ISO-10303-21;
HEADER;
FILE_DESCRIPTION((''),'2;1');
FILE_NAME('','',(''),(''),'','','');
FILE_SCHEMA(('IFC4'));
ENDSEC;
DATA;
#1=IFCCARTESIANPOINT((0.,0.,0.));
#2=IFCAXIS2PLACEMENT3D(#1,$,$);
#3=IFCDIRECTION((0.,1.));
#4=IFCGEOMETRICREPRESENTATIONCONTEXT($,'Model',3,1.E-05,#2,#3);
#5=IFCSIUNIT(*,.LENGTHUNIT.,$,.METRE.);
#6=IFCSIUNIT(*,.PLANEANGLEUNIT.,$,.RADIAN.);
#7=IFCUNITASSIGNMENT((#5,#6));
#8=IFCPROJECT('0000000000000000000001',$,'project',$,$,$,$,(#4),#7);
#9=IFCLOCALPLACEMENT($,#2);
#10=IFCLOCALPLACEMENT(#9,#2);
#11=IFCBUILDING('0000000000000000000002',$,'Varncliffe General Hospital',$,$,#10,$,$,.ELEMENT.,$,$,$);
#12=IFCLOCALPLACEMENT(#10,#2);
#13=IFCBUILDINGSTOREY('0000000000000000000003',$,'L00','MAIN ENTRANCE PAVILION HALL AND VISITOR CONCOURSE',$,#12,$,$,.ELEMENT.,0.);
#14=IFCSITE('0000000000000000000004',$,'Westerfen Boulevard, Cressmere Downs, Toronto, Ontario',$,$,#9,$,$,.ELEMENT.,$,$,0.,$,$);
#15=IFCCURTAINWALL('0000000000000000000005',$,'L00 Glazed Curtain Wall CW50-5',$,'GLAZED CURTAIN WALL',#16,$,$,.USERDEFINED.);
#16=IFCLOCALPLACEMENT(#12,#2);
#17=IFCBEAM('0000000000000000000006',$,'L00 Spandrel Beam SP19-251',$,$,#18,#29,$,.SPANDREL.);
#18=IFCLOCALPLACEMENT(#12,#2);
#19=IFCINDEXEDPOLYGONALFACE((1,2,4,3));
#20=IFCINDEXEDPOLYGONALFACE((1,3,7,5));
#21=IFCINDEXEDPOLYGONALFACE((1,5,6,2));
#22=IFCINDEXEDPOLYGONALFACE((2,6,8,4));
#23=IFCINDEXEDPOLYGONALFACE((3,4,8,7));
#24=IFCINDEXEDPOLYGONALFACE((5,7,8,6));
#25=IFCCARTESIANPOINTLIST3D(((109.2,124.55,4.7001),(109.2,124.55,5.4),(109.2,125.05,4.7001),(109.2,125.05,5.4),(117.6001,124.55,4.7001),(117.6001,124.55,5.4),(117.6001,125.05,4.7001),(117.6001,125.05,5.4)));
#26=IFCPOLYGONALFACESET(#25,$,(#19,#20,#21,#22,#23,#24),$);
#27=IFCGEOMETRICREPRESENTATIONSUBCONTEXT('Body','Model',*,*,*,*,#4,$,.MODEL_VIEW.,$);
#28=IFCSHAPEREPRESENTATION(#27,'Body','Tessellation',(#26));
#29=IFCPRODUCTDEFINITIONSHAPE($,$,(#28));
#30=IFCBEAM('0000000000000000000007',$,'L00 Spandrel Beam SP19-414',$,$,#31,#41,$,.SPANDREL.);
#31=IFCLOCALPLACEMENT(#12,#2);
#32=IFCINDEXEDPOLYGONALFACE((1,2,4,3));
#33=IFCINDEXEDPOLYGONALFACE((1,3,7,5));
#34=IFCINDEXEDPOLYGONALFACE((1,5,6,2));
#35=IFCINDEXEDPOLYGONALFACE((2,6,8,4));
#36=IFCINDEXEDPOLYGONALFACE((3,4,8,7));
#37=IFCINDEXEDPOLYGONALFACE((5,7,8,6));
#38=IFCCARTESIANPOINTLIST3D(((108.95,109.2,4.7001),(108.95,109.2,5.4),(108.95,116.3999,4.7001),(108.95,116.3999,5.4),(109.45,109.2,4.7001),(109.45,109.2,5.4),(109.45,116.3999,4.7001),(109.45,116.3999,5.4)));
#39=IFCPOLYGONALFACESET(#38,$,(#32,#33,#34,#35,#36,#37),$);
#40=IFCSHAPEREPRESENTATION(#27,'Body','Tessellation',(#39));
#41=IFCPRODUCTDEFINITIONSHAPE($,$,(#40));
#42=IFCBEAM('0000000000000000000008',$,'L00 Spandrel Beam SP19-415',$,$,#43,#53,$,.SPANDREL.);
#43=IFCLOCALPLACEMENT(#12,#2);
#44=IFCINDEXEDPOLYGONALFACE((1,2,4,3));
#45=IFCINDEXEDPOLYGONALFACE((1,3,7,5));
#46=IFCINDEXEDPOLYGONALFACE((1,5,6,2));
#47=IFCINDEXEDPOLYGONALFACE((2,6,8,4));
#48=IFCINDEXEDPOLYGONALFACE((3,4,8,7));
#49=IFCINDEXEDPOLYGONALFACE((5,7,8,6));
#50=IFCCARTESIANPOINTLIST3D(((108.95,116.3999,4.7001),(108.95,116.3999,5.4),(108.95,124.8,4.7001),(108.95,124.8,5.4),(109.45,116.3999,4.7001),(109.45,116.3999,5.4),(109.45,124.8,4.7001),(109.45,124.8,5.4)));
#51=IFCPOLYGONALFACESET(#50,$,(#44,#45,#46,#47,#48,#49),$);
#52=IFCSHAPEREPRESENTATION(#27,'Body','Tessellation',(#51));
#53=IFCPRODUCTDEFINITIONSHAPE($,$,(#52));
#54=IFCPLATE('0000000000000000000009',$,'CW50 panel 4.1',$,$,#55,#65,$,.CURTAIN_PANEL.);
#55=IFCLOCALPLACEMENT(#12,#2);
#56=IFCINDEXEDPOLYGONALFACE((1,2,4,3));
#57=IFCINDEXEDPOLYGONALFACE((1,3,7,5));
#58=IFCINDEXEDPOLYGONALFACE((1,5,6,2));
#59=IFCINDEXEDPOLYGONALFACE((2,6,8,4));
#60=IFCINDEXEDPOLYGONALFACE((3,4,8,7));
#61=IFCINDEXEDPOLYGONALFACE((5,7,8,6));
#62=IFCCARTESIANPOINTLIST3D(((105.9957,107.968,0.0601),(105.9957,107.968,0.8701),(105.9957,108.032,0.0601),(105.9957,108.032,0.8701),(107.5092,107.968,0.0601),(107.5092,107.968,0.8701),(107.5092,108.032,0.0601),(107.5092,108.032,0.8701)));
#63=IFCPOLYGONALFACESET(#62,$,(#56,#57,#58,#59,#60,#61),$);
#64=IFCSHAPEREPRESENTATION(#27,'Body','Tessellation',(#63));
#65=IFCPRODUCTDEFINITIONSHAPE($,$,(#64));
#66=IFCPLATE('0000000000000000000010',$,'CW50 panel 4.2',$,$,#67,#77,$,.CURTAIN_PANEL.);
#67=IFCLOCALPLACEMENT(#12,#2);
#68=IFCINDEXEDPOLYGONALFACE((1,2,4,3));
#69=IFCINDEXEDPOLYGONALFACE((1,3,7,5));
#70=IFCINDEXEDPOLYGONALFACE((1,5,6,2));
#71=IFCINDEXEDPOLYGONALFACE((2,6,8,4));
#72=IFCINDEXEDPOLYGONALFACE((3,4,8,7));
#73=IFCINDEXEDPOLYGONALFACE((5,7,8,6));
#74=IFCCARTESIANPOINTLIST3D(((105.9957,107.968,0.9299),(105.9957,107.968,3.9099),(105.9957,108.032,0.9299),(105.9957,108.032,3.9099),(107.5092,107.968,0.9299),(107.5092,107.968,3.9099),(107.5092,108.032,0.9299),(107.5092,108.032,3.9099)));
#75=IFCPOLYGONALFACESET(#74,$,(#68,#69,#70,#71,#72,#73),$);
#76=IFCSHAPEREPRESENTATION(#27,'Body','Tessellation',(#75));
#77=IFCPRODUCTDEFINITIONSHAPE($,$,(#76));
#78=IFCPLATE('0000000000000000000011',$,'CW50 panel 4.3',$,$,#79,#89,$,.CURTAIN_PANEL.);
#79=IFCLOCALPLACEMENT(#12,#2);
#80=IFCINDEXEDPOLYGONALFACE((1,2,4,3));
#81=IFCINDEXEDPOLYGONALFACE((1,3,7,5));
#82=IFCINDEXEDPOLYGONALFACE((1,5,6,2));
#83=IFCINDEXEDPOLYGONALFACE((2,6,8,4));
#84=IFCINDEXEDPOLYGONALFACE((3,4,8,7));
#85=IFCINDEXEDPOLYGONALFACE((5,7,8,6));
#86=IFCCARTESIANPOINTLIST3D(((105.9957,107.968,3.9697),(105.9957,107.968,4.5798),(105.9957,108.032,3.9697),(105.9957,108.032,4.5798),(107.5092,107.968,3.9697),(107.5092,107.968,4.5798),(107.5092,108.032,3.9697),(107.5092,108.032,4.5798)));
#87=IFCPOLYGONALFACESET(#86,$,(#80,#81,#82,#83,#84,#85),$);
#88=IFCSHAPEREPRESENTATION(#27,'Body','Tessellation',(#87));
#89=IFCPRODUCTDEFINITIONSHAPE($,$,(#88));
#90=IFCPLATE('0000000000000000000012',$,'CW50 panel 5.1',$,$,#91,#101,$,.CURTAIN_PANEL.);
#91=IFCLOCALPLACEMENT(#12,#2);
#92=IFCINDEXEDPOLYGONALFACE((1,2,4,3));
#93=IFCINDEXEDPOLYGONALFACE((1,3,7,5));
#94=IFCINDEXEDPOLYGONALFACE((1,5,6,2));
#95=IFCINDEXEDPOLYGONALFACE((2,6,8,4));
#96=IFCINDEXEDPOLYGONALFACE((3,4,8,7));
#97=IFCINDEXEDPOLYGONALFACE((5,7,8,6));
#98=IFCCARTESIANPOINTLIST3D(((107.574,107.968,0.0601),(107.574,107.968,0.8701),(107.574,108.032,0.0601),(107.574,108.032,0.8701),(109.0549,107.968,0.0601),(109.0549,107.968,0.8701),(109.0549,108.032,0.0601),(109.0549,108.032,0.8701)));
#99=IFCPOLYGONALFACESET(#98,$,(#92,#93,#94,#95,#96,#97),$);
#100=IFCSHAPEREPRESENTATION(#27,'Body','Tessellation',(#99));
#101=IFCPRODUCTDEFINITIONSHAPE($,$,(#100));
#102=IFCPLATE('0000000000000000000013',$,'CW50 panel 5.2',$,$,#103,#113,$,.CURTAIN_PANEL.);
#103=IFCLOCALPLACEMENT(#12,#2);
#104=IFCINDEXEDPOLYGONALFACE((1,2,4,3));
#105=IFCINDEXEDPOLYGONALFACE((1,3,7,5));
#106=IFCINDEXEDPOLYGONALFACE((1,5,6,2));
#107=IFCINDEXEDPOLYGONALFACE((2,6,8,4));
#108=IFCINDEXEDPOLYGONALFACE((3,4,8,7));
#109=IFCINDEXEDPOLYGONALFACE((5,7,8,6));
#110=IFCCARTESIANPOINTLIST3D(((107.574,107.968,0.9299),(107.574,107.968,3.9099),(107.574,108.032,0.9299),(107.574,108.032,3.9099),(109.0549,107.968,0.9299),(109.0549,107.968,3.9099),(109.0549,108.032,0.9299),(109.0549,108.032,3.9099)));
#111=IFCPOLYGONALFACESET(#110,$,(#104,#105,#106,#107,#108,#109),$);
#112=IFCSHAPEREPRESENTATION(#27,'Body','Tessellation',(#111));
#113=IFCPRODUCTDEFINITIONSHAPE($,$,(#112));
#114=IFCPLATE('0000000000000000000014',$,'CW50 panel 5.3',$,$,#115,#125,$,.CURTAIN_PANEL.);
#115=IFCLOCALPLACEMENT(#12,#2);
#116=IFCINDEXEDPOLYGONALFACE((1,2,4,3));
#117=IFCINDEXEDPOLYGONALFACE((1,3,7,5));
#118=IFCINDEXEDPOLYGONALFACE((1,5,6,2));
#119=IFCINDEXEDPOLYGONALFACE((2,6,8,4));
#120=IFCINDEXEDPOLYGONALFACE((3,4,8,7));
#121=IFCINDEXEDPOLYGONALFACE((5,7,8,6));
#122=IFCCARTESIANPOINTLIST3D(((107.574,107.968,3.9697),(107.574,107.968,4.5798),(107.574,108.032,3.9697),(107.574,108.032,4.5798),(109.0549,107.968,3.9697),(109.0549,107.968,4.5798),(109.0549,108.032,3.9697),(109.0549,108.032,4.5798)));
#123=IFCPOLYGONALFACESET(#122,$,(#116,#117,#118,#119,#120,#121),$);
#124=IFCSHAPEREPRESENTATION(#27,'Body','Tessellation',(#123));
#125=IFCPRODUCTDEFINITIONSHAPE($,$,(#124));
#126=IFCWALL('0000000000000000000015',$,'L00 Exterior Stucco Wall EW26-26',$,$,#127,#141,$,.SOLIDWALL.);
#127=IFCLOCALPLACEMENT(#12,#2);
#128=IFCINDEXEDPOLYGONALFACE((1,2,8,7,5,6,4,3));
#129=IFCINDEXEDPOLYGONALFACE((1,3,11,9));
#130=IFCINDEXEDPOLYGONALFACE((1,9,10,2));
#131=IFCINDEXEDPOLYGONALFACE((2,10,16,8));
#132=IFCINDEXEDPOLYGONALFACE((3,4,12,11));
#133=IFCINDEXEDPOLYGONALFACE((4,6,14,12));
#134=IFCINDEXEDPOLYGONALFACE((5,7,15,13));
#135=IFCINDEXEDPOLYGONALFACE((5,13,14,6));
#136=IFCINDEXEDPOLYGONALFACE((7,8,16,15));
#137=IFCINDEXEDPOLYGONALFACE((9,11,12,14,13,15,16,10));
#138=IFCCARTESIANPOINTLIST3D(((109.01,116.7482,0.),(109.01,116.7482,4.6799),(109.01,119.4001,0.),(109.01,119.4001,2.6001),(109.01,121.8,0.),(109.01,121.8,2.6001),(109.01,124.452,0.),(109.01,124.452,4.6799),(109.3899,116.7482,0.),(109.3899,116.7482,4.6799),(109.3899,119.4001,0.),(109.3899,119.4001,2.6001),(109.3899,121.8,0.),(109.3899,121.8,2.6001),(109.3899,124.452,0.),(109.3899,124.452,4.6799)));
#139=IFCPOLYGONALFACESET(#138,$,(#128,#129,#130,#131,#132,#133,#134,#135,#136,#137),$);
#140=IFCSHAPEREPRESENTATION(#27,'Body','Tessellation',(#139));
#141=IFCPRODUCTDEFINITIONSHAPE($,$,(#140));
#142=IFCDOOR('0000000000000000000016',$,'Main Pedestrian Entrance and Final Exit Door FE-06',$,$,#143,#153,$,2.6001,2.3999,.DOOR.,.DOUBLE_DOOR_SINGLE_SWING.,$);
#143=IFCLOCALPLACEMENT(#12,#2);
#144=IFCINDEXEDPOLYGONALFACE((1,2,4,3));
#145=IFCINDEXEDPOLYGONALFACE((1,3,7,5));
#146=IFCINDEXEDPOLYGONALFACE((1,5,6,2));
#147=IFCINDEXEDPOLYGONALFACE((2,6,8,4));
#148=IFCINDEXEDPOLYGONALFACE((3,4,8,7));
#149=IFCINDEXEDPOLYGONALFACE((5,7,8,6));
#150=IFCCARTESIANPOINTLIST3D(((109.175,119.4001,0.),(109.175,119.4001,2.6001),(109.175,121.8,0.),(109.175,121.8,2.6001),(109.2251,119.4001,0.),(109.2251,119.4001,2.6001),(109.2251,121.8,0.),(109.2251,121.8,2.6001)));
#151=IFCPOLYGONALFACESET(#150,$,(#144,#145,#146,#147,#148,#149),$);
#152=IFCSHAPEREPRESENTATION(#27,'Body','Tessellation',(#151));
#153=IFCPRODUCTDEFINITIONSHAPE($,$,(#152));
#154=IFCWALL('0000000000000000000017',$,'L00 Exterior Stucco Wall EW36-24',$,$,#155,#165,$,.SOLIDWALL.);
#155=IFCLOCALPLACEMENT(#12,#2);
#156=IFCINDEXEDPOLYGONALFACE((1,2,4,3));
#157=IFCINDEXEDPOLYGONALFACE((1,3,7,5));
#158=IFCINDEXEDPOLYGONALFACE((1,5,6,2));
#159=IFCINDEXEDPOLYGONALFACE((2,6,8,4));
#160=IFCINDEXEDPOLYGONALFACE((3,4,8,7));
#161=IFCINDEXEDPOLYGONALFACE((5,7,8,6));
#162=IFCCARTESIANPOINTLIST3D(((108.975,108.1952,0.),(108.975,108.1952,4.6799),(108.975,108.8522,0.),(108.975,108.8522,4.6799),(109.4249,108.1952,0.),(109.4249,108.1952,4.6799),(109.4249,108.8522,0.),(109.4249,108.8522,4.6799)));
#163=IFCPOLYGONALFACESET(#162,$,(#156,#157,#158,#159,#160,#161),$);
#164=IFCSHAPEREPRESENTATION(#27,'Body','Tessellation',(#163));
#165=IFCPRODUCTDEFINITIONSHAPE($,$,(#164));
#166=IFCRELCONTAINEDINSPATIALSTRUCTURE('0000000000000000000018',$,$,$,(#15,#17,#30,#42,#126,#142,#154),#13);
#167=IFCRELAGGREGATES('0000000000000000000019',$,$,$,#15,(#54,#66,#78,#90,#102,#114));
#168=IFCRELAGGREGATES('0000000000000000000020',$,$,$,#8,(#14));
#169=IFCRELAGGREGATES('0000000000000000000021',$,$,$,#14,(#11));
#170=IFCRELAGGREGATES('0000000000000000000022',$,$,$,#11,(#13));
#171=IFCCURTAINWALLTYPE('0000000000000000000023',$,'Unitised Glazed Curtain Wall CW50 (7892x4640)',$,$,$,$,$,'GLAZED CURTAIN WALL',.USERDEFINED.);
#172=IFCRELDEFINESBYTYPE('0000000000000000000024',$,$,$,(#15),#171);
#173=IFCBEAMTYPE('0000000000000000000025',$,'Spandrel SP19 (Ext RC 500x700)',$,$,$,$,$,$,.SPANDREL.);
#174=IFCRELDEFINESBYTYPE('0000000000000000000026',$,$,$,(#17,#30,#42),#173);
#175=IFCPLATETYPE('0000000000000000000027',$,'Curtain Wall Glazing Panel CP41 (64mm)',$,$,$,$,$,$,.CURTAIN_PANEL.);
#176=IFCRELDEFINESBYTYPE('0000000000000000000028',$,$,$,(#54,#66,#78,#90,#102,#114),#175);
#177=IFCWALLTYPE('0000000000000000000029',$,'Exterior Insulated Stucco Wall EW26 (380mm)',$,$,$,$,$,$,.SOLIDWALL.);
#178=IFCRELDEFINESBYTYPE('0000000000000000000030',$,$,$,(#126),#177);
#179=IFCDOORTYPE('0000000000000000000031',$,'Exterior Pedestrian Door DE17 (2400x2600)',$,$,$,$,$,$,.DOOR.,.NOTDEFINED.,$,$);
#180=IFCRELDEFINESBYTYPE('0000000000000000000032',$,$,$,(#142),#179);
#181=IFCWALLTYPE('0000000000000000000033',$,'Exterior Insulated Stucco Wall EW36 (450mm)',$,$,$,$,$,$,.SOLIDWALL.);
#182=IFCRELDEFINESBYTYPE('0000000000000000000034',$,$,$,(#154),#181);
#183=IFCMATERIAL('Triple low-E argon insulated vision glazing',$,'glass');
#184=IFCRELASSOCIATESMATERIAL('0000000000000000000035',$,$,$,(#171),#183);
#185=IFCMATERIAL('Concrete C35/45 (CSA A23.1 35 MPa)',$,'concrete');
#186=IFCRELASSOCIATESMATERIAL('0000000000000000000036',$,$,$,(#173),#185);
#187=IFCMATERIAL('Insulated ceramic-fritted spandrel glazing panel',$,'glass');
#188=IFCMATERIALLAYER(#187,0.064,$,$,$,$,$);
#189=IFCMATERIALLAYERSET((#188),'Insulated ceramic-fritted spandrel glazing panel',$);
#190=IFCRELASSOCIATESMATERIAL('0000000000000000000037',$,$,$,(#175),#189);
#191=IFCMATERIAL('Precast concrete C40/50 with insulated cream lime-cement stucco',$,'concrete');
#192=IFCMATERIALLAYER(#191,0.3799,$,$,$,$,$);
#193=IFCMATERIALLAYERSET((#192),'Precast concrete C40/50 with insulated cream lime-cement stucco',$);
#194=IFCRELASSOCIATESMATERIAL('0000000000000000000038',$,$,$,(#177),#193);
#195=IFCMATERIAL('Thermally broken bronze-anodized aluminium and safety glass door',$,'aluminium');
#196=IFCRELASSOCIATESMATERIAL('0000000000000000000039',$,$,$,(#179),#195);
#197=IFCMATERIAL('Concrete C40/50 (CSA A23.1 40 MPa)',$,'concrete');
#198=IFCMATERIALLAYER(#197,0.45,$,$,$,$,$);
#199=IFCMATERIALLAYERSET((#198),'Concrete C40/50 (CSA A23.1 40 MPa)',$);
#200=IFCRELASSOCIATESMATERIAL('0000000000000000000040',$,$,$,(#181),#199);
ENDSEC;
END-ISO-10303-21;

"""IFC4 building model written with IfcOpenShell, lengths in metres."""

from ifc_helpers import new_model, si_unit, direction, frame, frame_2d, origin, origin_2d, place, context, subcontext, project, spatial, rectangle, extrude, material, layer, layer_set, material_profile, profile_set, type_object, element, fill, aggregate, save


model = new_model("IFC4")

# Units and contexts
model_context = context("Model", 3, precision=1e-05, world=origin(), true_north=direction((0.0, 1.0)))
body_context = subcontext(model_context, "Body", "Model", "MODEL_VIEW")
ifc_project = project(units=[si_unit("LENGTHUNIT", "METRE"), si_unit("PLANEANGLEUNIT", "RADIAN")], contexts=[model_context])

# Site, building, storey
site_placement = place(None, origin())
site = spatial("IfcSite", under=ifc_project, at=site_placement, Name="Westerfen Boulevard, Cressmere Downs, Toronto, Ontario", CompositionType="ELEMENT", RefElevation=0.0)
building_placement = place(site_placement, origin())
building = spatial("IfcBuilding", under=site, at=building_placement, Name="Varncliffe General Hospital", CompositionType="ELEMENT")
storey_placement = place(building_placement, origin())
storey = spatial("IfcBuildingStorey", under=building, at=storey_placement, Name="L00", Description="MAIN ENTRANCE PAVILION HALL AND VISITOR CONCOURSE", CompositionType="ELEMENT", Elevation=0.0)

# Shared definitions
ifc_material_1 = material(Name="Concrete C40/50 (CSA A23.1 40 MPa)", Category="concrete")

# Shared definitions
ifc_material_2 = material(Name="Concrete C35/45 (CSA A23.1 35 MPa)", Category="concrete")

# Curtain wall
ifc_material_3 = material(Name="Triple low-E argon insulated vision glazing", Category="glass")
curtain_wall_type = type_object("IfcCurtainWallType", Name="Unitised Glazed Curtain Wall CW50 (7892x4640)", ElementType="GLAZED CURTAIN WALL", PredefinedType="USERDEFINED", material=ifc_material_3)
curtain_wall_placement = place(storey_placement, origin())
curtain_wall = element("IfcCurtainWall", 1, at=curtain_wall_placement, inside=storey, type_object=curtain_wall_type, Name="L00 Glazed Curtain Wall CW50-5", ObjectType="GLAZED CURTAIN WALL", PredefinedType="USERDEFINED")

# Beams
ifc_material_profile_1 = material_profile(ifc_material_2, rectangle(XDim=0.5, YDim=0.7, at=origin_2d()), Name="RC 500x700")
ifc_profile_set_1 = profile_set([ifc_material_profile_1], Name="Concrete C35/45 (CSA A23.1 35 MPa)")
beam_type_1 = type_object("IfcBeamType", Name="Spandrel SP19 (Ext RC 500x700)", PredefinedType="SPANDREL", material=ifc_profile_set_1)
beam_1_placement = place(storey_placement, frame((109.2, 124.8, 5.05), z_axis=(1.0, 0.0, 0.0), x_axis=(0.0, 1.0, 0.0)))
element("IfcBeam", 2, at=beam_1_placement, inside=storey, type_object=beam_type_1, Name="L00 Spandrel Beam SP19-251", PredefinedType="SPANDREL", context=body_context, shape_type="SweptSolid", body=[
    extrude(rectangle(XDim=0.5, YDim=0.7, at=origin_2d()), origin(), (0.0, 0.0, 1.0), 8.4001),
])
beam_2_placement = place(storey_placement, frame((109.2, 109.2, 5.05), z_axis=(0.0, 1.0, 0.0), x_axis=(-1.0, 0.0, 0.0)))
element("IfcBeam", 3, at=beam_2_placement, inside=storey, type_object=beam_type_1, Name="L00 Spandrel Beam SP19-414", PredefinedType="SPANDREL", context=body_context, shape_type="SweptSolid", body=[
    extrude(rectangle(XDim=0.5, YDim=0.7, at=origin_2d()), origin(), (0.0, 0.0, 1.0), 7.2),
])
beam_3_placement = place(storey_placement, frame((109.2, 116.3999, 5.05), z_axis=(0.0, 1.0, 0.0), x_axis=(-1.0, 0.0, 0.0)))
element("IfcBeam", 4, at=beam_3_placement, inside=storey, type_object=beam_type_1, Name="L00 Spandrel Beam SP19-415", PredefinedType="SPANDREL", context=body_context, shape_type="SweptSolid", body=[
    extrude(rectangle(XDim=0.5, YDim=0.7, at=origin_2d()), origin(), (0.0, 0.0, 1.0), 8.4001),
])

# Plates
ifc_material_4 = material(Name="Insulated ceramic-fritted spandrel glazing panel", Category="glass")
ifc_layer_1 = layer(ifc_material_4, 0.064)
ifc_layer_set_1 = layer_set([ifc_layer_1], Name="Insulated ceramic-fritted spandrel glazing panel")
plate_type = type_object("IfcPlateType", Name="Curtain Wall Glazing Panel CP41 (64mm)", PredefinedType="CURTAIN_PANEL", material=ifc_layer_set_1)
plate_1_placement = place(storey_placement, frame((106.7524, 108.0, 0.0601), z_axis=(0.0, 0.0, 1.0), x_axis=(1.0, 0.0, 0.0)))
plate_1 = element("IfcPlate", 5, at=plate_1_placement, type_object=plate_type, Name="CW50 panel 4.1", PredefinedType="CURTAIN_PANEL", context=body_context, shape_type="SweptSolid", body=[
    extrude(rectangle(XDim=1.5134, YDim=0.064, at=origin_2d()), origin(), (0.0, 0.0, 1.0), 0.8101),
])
plate_2_placement = place(storey_placement, frame((106.7524, 108.0, 0.9299), z_axis=(0.0, 0.0, 1.0), x_axis=(1.0, 0.0, 0.0)))
plate_2 = element("IfcPlate", 6, at=plate_2_placement, type_object=plate_type, Name="CW50 panel 4.2", PredefinedType="CURTAIN_PANEL", context=body_context, shape_type="SweptSolid", body=[
    extrude(rectangle(XDim=1.5134, YDim=0.064, at=origin_2d()), origin(), (0.0, 0.0, 1.0), 2.98),
])
plate_3_placement = place(storey_placement, frame((106.7524, 108.0, 3.9697), z_axis=(0.0, 0.0, 1.0), x_axis=(1.0, 0.0, 0.0)))
plate_3 = element("IfcPlate", 7, at=plate_3_placement, type_object=plate_type, Name="CW50 panel 4.3", PredefinedType="CURTAIN_PANEL", context=body_context, shape_type="SweptSolid", body=[
    extrude(rectangle(XDim=1.5134, YDim=0.064, at=origin_2d()), origin(), (0.0, 0.0, 1.0), 0.6101),
])
plate_4_placement = place(storey_placement, frame((108.3145, 108.0, 0.0601), z_axis=(0.0, 0.0, 1.0), x_axis=(1.0, 0.0, 0.0)))
plate_4 = element("IfcPlate", 8, at=plate_4_placement, type_object=plate_type, Name="CW50 panel 5.1", PredefinedType="CURTAIN_PANEL", context=body_context, shape_type="SweptSolid", body=[
    extrude(rectangle(XDim=1.481, YDim=0.064, at=origin_2d()), origin(), (0.0, 0.0, 1.0), 0.8101),
])
plate_5_placement = place(storey_placement, frame((108.3145, 108.0, 0.9299), z_axis=(0.0, 0.0, 1.0), x_axis=(1.0, 0.0, 0.0)))
plate_5 = element("IfcPlate", 9, at=plate_5_placement, type_object=plate_type, Name="CW50 panel 5.2", PredefinedType="CURTAIN_PANEL", context=body_context, shape_type="SweptSolid", body=[
    extrude(rectangle(XDim=1.481, YDim=0.064, at=origin_2d()), origin(), (0.0, 0.0, 1.0), 2.98),
])
plate_6_placement = place(storey_placement, frame((108.3145, 108.0, 3.9697), z_axis=(0.0, 0.0, 1.0), x_axis=(1.0, 0.0, 0.0)))
plate_6 = element("IfcPlate", 10, at=plate_6_placement, type_object=plate_type, Name="CW50 panel 5.3", PredefinedType="CURTAIN_PANEL", context=body_context, shape_type="SweptSolid", body=[
    extrude(rectangle(XDim=1.481, YDim=0.064, at=origin_2d()), origin(), (0.0, 0.0, 1.0), 0.6101),
])
aggregate(curtain_wall, [plate_1, plate_2, plate_3, plate_4, plate_5, plate_6])

# Wall, opening, door
ifc_material_5 = material(Name="Precast concrete C40/50 with insulated cream lime-cement stucco", Category="concrete")
ifc_layer_2 = layer(ifc_material_5, 0.3799)
ifc_layer_set_2 = layer_set([ifc_layer_2], Name="Precast concrete C40/50 with insulated cream lime-cement stucco")
wall_type_1 = type_object("IfcWallType", Name="Exterior Insulated Stucco Wall EW26 (380mm)", PredefinedType="SOLIDWALL", material=ifc_layer_set_2)
wall_1_placement = place(storey_placement, frame((109.2, 116.748, 0.0), z_axis=(0.0, 0.0, 1.0), x_axis=(0.0, 1.0, 0.0)))
wall_1 = element("IfcWall", 11, at=wall_1_placement, inside=storey, type_object=wall_type_1, Name="L00 Exterior Stucco Wall EW26-26", PredefinedType="SOLIDWALL", context=body_context, shape_type="SweptSolid", body=[
    extrude(rectangle(XDim=7.7039, YDim=0.3799, at=frame_2d((3.8521, 0.0))), origin(), (0.0, 0.0, 1.0), 4.6799),
])
opening_1_placement = place(wall_1_placement, frame((2.6521, 0.0, 0.0)))
opening_1 = element("IfcOpeningElement", 12, at=opening_1_placement, cuts=wall_1, PredefinedType="OPENING", context=body_context, shape_type="SweptSolid", body=[
    extrude(rectangle(XDim=2.3999, YDim=2.6001, at=frame_2d((1.2, 1.3))), frame((0.0, 0.2, 0.0), z_axis=(0.0, -1.0, 0.0), x_axis=(1.0, 0.0, 0.0)), (0.0, 0.0, 1.0), 0.3999),
])
ifc_material_6 = material(Name="Thermally broken bronze-anodized aluminium and safety glass door", Category="aluminium")
door_type_1 = type_object("IfcDoorType", Name="Exterior Pedestrian Door DE17 (2400x2600)", OperationType="NOTDEFINED", PredefinedType="DOOR", material=ifc_material_6)
door_1_placement = place(opening_1_placement, origin())
door_1 = element("IfcDoor", 13, at=door_1_placement, inside=storey, type_object=door_type_1, Name="Main Pedestrian Entrance and Final Exit Door FE-06", OperationType="DOUBLE_DOOR_SINGLE_SWING", OverallHeight=2.6001, OverallWidth=2.3999, PredefinedType="DOOR", context=body_context, shape_type="SweptSolid", body=[
    extrude(rectangle(XDim=2.3999, YDim=2.6001, at=frame_2d((1.2, 1.3))), frame((0.0, 0.0249, 0.0), z_axis=(0.0, -1.0, 0.0), x_axis=(1.0, 0.0, 0.0)), (0.0, 0.0, 1.0), 0.05),
])
fill(opening_1, door_1)

# Wall
ifc_layer_3 = layer(ifc_material_1, 0.45)
ifc_layer_set_3 = layer_set([ifc_layer_3], Name="Concrete C40/50 (CSA A23.1 40 MPa)")
wall_type_2 = type_object("IfcWallType", Name="Exterior Insulated Stucco Wall EW36 (450mm)", PredefinedType="SOLIDWALL", material=ifc_layer_set_3)
wall_2_placement = place(storey_placement, frame((109.2, 108.1951, 0.0), z_axis=(0.0, 0.0, 1.0), x_axis=(0.0, 1.0, 0.0)))
element("IfcWall", 14, at=wall_2_placement, inside=storey, type_object=wall_type_2, Name="L00 Exterior Stucco Wall EW36-24", PredefinedType="SOLIDWALL", context=body_context, shape_type="SweptSolid", body=[
    extrude(rectangle(XDim=0.657, YDim=0.45, at=frame_2d((0.3286, 0.0))), origin(), (0.0, 0.0, 1.0), 4.6799),
])

save(model, "model.ifc")
